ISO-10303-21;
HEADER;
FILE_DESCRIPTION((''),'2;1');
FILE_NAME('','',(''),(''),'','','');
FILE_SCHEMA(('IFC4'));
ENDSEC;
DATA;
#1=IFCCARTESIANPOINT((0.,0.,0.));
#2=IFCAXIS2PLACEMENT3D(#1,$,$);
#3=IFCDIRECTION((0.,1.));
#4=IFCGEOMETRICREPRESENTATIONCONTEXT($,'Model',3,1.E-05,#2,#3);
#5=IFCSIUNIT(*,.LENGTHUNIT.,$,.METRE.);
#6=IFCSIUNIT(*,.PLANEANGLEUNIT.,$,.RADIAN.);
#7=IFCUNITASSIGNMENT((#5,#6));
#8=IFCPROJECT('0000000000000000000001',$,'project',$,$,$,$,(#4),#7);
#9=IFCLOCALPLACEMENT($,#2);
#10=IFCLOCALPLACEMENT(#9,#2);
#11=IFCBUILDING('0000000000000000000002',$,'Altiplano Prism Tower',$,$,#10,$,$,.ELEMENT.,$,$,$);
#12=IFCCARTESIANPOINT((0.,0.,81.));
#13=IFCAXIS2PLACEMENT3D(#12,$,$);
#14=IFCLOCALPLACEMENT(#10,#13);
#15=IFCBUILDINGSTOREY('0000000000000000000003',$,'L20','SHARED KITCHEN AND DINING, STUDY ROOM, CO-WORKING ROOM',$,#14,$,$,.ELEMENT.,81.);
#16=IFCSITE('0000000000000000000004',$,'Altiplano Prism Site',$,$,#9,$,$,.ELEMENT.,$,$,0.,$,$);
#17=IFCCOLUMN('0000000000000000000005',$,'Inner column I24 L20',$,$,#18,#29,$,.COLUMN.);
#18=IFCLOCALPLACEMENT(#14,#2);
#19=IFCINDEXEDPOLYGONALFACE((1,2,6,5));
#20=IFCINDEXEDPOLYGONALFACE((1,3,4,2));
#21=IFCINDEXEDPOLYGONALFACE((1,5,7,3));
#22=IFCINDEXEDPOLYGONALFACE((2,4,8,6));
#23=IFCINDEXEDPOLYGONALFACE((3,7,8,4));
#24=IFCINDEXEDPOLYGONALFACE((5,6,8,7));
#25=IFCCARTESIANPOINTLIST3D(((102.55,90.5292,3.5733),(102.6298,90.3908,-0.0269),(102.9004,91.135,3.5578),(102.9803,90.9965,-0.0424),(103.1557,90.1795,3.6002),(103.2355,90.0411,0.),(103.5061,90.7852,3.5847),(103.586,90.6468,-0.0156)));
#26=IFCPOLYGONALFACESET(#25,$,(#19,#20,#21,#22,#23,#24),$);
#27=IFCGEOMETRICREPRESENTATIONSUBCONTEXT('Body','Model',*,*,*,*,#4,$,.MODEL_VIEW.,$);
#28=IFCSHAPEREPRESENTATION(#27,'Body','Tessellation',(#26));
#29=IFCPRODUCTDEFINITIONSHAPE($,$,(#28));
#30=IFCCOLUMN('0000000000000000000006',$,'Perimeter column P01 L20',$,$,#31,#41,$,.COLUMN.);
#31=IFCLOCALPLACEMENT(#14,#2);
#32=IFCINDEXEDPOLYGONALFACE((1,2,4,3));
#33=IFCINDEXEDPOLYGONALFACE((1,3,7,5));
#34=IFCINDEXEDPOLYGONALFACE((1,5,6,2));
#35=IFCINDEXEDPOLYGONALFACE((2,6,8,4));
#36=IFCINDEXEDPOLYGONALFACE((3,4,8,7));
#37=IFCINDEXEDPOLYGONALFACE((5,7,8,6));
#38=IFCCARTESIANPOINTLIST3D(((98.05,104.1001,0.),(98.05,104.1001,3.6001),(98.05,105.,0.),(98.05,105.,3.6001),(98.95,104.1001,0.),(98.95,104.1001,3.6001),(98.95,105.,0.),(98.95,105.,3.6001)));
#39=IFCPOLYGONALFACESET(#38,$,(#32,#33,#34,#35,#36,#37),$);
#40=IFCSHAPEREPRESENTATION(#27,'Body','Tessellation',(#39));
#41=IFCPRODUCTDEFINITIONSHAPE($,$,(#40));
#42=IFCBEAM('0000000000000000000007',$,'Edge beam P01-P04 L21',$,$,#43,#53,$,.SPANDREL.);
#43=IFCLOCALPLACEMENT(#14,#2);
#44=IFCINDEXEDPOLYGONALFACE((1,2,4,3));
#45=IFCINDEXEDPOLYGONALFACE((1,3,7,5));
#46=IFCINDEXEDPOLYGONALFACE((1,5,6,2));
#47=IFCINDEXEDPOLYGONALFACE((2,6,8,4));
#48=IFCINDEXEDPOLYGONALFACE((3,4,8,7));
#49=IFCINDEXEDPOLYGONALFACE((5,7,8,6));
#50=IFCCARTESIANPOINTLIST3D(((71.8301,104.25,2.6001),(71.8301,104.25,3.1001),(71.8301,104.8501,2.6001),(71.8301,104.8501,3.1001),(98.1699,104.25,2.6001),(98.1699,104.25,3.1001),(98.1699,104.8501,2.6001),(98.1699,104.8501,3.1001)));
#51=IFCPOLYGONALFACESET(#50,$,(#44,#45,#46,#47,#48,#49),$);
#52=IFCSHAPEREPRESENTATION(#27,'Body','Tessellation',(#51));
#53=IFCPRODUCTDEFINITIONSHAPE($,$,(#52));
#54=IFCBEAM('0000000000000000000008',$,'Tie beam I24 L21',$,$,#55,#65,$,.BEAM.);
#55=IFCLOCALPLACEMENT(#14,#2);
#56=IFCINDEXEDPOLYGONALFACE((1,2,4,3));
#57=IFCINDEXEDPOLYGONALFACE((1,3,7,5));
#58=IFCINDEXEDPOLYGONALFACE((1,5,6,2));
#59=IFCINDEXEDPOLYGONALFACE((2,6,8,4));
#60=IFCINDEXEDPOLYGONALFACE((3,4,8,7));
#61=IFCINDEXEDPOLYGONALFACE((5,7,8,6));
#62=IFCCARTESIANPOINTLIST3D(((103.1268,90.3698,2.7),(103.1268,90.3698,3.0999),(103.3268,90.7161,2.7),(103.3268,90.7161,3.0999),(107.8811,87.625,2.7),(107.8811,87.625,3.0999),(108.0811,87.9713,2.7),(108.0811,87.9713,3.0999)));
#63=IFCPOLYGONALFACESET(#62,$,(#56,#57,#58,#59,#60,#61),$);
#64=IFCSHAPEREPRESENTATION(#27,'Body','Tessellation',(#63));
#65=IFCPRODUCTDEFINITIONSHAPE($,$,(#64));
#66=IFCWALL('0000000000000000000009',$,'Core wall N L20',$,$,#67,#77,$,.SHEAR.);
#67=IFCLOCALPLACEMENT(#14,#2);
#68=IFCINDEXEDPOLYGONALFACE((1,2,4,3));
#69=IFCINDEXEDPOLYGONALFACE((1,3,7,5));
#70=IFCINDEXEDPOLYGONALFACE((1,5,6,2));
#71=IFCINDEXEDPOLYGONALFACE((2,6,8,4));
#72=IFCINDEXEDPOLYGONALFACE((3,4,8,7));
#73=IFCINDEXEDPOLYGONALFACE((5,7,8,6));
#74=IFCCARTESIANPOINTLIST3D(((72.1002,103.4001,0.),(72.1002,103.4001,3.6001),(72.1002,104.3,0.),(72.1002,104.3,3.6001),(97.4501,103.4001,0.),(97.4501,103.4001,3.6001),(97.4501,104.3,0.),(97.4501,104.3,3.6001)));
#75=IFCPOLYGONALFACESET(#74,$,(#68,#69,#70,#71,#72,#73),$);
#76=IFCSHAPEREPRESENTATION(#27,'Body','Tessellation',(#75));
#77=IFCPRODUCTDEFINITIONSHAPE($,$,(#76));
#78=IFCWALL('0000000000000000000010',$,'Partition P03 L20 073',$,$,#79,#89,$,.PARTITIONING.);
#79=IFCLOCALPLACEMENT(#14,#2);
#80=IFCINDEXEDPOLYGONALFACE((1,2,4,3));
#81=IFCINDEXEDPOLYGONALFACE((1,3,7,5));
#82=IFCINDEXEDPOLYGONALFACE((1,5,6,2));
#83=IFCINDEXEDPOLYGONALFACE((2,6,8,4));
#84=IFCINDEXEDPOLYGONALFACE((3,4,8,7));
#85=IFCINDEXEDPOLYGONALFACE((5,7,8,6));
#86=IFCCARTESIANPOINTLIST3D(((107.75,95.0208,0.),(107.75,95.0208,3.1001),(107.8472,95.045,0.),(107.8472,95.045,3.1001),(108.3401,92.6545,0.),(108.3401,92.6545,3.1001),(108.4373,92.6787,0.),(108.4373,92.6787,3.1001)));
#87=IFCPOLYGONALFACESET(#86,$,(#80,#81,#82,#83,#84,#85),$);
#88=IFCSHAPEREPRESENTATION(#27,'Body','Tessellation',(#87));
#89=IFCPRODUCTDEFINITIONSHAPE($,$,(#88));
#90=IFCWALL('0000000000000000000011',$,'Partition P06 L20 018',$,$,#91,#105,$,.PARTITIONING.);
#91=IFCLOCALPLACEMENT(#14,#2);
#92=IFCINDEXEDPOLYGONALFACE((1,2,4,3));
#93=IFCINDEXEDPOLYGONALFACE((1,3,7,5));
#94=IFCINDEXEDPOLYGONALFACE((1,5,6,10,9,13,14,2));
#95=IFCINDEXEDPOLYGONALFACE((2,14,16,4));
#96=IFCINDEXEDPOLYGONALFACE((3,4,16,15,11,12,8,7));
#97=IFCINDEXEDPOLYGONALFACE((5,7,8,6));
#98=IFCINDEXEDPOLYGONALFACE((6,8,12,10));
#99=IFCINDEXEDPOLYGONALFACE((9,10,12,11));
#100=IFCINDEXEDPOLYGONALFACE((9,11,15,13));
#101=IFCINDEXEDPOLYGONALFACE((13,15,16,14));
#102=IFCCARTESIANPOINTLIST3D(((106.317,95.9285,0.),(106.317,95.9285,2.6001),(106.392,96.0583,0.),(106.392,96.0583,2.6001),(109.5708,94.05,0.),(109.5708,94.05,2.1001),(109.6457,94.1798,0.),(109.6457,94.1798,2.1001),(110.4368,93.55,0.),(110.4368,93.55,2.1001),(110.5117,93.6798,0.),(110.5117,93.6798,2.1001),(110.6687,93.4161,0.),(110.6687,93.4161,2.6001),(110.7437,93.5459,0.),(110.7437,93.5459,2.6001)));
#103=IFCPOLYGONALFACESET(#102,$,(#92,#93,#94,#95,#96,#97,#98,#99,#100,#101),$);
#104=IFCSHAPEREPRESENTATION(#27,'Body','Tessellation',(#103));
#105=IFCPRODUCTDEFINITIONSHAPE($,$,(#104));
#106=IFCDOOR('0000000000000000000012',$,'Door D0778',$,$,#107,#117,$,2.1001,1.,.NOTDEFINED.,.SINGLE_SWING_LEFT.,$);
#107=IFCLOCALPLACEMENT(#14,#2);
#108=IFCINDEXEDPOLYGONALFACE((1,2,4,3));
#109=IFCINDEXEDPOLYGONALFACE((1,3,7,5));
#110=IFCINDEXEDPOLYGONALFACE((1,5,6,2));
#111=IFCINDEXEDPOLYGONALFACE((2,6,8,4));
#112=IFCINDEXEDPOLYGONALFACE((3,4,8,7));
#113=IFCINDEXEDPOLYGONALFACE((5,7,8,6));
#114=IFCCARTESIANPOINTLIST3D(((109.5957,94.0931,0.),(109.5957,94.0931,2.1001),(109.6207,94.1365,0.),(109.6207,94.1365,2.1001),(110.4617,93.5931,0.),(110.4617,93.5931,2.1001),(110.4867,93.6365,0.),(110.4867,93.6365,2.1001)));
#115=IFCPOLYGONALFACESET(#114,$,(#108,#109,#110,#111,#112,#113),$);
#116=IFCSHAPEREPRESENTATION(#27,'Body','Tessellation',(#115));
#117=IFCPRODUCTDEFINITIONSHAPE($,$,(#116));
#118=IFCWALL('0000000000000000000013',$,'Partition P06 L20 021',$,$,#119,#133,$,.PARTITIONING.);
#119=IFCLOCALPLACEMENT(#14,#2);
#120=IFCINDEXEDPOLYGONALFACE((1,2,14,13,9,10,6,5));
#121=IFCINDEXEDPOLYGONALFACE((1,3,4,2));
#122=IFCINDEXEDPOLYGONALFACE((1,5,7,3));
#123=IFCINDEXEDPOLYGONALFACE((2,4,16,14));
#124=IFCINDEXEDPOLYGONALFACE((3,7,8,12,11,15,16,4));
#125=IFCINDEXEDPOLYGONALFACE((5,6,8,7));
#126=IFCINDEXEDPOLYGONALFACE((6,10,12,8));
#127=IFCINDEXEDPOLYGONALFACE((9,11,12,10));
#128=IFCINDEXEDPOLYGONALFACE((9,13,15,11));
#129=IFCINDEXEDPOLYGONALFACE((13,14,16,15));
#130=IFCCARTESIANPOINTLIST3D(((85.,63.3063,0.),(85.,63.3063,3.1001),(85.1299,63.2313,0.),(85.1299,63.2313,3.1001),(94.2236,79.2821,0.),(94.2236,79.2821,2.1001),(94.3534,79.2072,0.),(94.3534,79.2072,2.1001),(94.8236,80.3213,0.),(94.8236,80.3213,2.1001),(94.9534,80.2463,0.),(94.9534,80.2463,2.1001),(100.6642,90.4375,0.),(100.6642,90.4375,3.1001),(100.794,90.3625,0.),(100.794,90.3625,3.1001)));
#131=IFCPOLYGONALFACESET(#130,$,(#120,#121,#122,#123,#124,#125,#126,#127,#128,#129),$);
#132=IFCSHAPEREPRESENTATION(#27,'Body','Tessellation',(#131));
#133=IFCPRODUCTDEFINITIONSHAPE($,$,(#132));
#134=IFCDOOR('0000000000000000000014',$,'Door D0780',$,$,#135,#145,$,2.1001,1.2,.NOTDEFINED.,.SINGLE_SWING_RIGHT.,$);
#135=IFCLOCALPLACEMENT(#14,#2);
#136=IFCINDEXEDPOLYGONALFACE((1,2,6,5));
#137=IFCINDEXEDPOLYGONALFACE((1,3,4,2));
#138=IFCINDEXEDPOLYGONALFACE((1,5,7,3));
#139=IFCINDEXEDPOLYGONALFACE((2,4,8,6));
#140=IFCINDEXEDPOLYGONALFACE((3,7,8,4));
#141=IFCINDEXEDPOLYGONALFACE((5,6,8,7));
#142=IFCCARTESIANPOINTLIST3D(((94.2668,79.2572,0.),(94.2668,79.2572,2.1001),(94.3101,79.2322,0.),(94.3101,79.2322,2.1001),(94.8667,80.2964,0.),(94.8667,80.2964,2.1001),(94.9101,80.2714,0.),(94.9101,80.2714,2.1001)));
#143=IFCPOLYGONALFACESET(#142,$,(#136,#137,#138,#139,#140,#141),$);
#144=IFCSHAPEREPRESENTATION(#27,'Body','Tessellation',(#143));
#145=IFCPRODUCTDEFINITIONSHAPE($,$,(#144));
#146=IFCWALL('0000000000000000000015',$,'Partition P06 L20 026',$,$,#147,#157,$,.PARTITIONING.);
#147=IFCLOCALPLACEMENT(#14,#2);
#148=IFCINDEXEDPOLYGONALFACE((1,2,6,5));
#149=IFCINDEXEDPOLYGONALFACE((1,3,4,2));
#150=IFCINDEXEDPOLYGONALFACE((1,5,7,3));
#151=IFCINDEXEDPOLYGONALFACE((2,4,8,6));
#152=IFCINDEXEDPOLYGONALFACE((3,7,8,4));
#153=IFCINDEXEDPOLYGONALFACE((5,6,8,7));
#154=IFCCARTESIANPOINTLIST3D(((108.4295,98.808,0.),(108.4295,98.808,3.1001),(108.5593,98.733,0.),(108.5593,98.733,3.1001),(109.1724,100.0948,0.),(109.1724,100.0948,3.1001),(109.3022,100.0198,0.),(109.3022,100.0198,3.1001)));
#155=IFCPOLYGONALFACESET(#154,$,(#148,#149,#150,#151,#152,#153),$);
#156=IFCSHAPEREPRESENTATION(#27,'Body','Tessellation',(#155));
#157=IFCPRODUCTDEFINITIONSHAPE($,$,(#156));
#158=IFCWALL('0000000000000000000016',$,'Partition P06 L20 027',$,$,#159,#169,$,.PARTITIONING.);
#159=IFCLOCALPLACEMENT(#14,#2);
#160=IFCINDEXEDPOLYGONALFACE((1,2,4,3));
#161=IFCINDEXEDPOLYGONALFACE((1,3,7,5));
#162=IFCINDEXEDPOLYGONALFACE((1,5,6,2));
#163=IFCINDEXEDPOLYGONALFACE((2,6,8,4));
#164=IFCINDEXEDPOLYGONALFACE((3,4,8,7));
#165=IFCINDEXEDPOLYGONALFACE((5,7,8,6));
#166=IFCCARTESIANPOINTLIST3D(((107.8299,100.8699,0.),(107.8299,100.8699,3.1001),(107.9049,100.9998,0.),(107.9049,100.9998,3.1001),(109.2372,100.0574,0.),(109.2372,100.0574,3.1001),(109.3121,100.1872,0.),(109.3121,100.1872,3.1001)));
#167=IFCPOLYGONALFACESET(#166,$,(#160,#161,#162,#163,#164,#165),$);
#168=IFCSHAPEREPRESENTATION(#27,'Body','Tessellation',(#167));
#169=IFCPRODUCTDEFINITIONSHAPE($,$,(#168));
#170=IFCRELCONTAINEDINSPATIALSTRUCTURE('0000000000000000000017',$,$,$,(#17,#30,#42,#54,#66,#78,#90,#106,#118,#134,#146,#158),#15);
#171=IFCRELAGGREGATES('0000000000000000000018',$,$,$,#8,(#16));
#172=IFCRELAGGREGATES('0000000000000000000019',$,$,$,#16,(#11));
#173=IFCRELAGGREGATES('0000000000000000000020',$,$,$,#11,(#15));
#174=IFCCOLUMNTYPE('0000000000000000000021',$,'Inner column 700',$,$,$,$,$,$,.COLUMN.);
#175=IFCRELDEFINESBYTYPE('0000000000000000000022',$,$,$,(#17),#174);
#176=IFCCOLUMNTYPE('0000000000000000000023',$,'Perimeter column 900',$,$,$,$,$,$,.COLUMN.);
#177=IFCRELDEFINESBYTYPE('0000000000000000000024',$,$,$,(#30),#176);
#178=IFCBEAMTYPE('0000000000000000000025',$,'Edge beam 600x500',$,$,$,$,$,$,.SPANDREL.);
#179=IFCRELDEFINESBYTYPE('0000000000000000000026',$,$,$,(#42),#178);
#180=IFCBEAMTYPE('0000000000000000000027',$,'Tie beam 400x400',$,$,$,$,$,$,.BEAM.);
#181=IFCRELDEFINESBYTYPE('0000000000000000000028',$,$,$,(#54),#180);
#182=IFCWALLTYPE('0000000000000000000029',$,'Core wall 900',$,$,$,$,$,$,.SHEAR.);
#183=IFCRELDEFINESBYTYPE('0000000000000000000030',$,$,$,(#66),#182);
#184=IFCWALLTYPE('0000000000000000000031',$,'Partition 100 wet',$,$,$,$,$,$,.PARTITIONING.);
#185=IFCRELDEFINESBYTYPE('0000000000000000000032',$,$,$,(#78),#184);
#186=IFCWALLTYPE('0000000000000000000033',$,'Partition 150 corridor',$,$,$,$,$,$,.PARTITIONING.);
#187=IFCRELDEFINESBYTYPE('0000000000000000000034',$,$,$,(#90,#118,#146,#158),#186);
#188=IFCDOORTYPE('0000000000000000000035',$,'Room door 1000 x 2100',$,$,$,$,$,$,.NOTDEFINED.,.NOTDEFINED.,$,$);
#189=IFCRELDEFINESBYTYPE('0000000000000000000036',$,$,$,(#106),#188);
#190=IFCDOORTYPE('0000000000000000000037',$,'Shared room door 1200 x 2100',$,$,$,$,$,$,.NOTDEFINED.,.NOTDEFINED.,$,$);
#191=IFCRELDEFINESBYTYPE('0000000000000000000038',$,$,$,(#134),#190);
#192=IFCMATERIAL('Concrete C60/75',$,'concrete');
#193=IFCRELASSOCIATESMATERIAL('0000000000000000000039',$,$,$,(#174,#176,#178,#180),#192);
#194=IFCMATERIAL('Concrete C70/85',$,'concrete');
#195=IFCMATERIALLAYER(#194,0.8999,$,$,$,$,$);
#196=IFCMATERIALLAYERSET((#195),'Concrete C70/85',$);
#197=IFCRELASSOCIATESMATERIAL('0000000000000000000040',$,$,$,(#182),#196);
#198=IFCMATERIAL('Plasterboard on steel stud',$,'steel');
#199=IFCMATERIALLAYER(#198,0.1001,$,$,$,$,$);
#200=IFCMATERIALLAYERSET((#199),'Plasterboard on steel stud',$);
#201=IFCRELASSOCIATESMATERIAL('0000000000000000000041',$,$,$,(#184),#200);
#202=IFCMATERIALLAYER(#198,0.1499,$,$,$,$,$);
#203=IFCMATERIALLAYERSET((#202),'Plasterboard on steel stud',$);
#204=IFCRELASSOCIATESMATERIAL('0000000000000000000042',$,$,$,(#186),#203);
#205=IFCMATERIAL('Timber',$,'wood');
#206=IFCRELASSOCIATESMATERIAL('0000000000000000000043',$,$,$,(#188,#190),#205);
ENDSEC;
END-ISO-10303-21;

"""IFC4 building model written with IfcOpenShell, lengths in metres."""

from ifc_helpers import new_model, si_unit, direction, frame, frame_2d, origin, origin_2d, place, context, subcontext, project, spatial, rectangle, extrude, material, layer, layer_set, material_profile, profile_set, type_object, element, fill, save


model = new_model("IFC4")

# Units and contexts
model_context = context("Model", 3, precision=1e-05, world=origin(), true_north=direction((0.0, 1.0)))
body_context = subcontext(model_context, "Body", "Model", "MODEL_VIEW")
ifc_project = project(units=[si_unit("LENGTHUNIT", "METRE"), si_unit("PLANEANGLEUNIT", "RADIAN")], contexts=[model_context])

# Site, building, storey
site_placement = place(None, origin())
site = spatial("IfcSite", under=ifc_project, at=site_placement, Name="Altiplano Prism Site", CompositionType="ELEMENT", RefElevation=0.0)
building_placement = place(site_placement, origin())
building = spatial("IfcBuilding", under=site, at=building_placement, Name="Altiplano Prism Tower", CompositionType="ELEMENT")
storey_placement = place(building_placement, frame((0.0, 0.0, 81.0)))
storey = spatial("IfcBuildingStorey", under=building, at=storey_placement, Name="L20", Description="SHARED KITCHEN AND DINING, STUDY ROOM, CO-WORKING ROOM", CompositionType="ELEMENT", Elevation=81.0)

# Columns
ifc_material_1 = material(Name="Concrete C60/75", Category="concrete")
ifc_material_profile_1 = material_profile(ifc_material_1, rectangle(XDim=0.7, YDim=0.7, at=origin_2d()), Name="Inner column 700")
ifc_profile_set_1 = profile_set([ifc_material_profile_1], Name="Concrete C60/75")
column_type_1 = type_object("IfcColumnType", Name="Inner column 700", PredefinedType="COLUMN", material=ifc_profile_set_1)
column_1_placement = place(storey_placement, frame((103.1079, 90.5188, -0.0212), z_axis=(-0.022154, 0.038413, 0.999016), x_axis=(-0.500657, -0.865362, 0.022172)))
element("IfcColumn", 1, at=column_1_placement, inside=storey, type_object=column_type_1, Name="Inner column I24 L20", PredefinedType="COLUMN", context=body_context, shape_type="SweptSolid", body=[
    extrude(rectangle(XDim=0.7, YDim=0.7, at=origin_2d()), origin(), (0.0, 0.0, 1.0), 3.6038),
])
ifc_material_profile_2 = material_profile(ifc_material_1, rectangle(XDim=0.8999, YDim=0.8999, at=origin_2d()), Name="Perimeter column 900")
ifc_profile_set_2 = profile_set([ifc_material_profile_2], Name="Concrete C60/75")
column_type_2 = type_object("IfcColumnType", Name="Perimeter column 900", PredefinedType="COLUMN", material=ifc_profile_set_2)
column_2_placement = place(storey_placement, frame((98.5, 104.55, 0.0), z_axis=(0.0, 0.0, 1.0), x_axis=(1.0, 0.0, 0.0)))
element("IfcColumn", 2, at=column_2_placement, inside=storey, type_object=column_type_2, Name="Perimeter column P01 L20", PredefinedType="COLUMN", context=body_context, shape_type="SweptSolid", body=[
    extrude(rectangle(XDim=0.8999, YDim=0.8999, at=origin_2d()), origin(), (0.0, 0.0, 1.0), 3.6001),
])

# Beams
ifc_material_profile_3 = material_profile(ifc_material_1, rectangle(XDim=0.6001, YDim=0.5, at=origin_2d()), Name="Edge beam 600x500")
ifc_profile_set_3 = profile_set([ifc_material_profile_3], Name="Concrete C60/75")
beam_type_1 = type_object("IfcBeamType", Name="Edge beam 600x500", PredefinedType="SPANDREL", material=ifc_profile_set_3)
beam_1_placement = place(storey_placement, frame((98.1699, 104.55, 2.8501), z_axis=(-1.0, 0.0, 0.0), x_axis=(0.0, -1.0, 0.0)))
element("IfcBeam", 3, at=beam_1_placement, inside=storey, type_object=beam_type_1, Name="Edge beam P01-P04 L21", PredefinedType="SPANDREL", context=body_context, shape_type="SweptSolid", body=[
    extrude(rectangle(XDim=0.6001, YDim=0.5, at=origin_2d()), origin(), (0.0, 0.0, 1.0), 26.3398),
])
ifc_material_profile_4 = material_profile(ifc_material_1, rectangle(XDim=0.3999, YDim=0.3999, at=origin_2d()), Name="Tie beam 400x400")
ifc_profile_set_4 = profile_set([ifc_material_profile_4], Name="Concrete C60/75")
beam_type_2 = type_object("IfcBeamType", Name="Tie beam 400x400", PredefinedType="BEAM", material=ifc_profile_set_4)
beam_2_placement = place(storey_placement, frame((103.2268, 90.543, 2.8999), z_axis=(0.866032, -0.499989, 0.0), x_axis=(0.499989, 0.866032, 0.0)))
element("IfcBeam", 4, at=beam_2_placement, inside=storey, type_object=beam_type_2, Name="Tie beam I24 L21", PredefinedType="BEAM", context=body_context, shape_type="SweptSolid", body=[
    extrude(rectangle(XDim=0.3999, YDim=0.3999, at=origin_2d()), origin(), (0.0, 0.0, 1.0), 5.4897),
])

# Walls
ifc_material_2 = material(Name="Concrete C70/85", Category="concrete")
ifc_layer_1 = layer(ifc_material_2, 0.8999)
ifc_layer_set_1 = layer_set([ifc_layer_1], Name="Concrete C70/85")
wall_type_1 = type_object("IfcWallType", Name="Core wall 900", PredefinedType="SHEAR", material=ifc_layer_set_1)
wall_1_placement = place(storey_placement, frame((97.45, 103.8501, 0.0), z_axis=(0.0, 0.0, 1.0), x_axis=(-1.0, 0.0, 0.0)))
element("IfcWall", 5, at=wall_1_placement, inside=storey, type_object=wall_type_1, Name="Core wall N L20", PredefinedType="SHEAR", context=body_context, shape_type="SweptSolid", body=[
    extrude(rectangle(XDim=25.3499, YDim=0.8999, at=frame_2d((12.6748, 0.0))), origin(), (0.0, 0.0, 1.0), 3.6001),
])
ifc_material_3 = material(Name="Plasterboard on steel stud", Category="steel")
ifc_layer_2 = layer(ifc_material_3, 0.1001)
ifc_layer_set_2 = layer_set([ifc_layer_2], Name="Plasterboard on steel stud")
wall_type_2 = type_object("IfcWallType", Name="Partition 100 wet", PredefinedType="PARTITIONING", material=ifc_layer_set_2)
wall_2_placement = place(storey_placement, frame((108.3887, 92.6667, 0.0), z_axis=(0.0, 0.0, 1.0), x_axis=(-0.24197, 0.970284, 0.0)))
element("IfcWall", 6, at=wall_2_placement, inside=storey, type_object=wall_type_2, Name="Partition P03 L20 073", PredefinedType="PARTITIONING", context=body_context, shape_type="SweptSolid", body=[
    extrude(rectangle(XDim=2.4387, YDim=0.1001, at=frame_2d((1.2192, 0.0))), origin(), (0.0, 0.0, 1.0), 3.1001),
])

# Walls, openings, doors
ifc_layer_3 = layer(ifc_material_3, 0.1499)
ifc_layer_set_3 = layer_set([ifc_layer_3], Name="Plasterboard on steel stud")
wall_type_3 = type_object("IfcWallType", Name="Partition 150 corridor", PredefinedType="PARTITIONING", material=ifc_layer_set_3)
wall_3_placement = place(storey_placement, frame((106.3545, 95.9934, 0.0), z_axis=(0.0, 0.0, 1.0), x_axis=(0.866031, -0.49999, 0.0)))
wall_3 = element("IfcWall", 7, at=wall_3_placement, inside=storey, type_object=wall_type_3, Name="Partition P06 L20 018", PredefinedType="PARTITIONING", context=body_context, shape_type="SweptSolid", body=[
    extrude(rectangle(XDim=5.0249, YDim=0.1499, at=frame_2d((2.5125, 0.0))), origin(), (0.0, 0.0, 1.0), 2.6001),
])
opening_1_placement = place(wall_3_placement, frame((3.7571, 0.0, 0.0)))
opening_1 = element("IfcOpeningElement", 8, at=opening_1_placement, cuts=wall_3, PredefinedType="OPENING", context=body_context, shape_type="SweptSolid", body=[
    extrude(rectangle(XDim=1.0, YDim=2.1001, at=frame_2d((0.5, 1.05))), frame((0.0, 0.0854, 0.0), z_axis=(0.0, -1.0, 0.0), x_axis=(1.0, 0.0, 0.0)), (0.0, 0.0, 1.0), 0.1709),
])
ifc_material_4 = material(Name="Timber", Category="wood")
door_type_1 = type_object("IfcDoorType", Name="Room door 1000 x 2100", OperationType="NOTDEFINED", PredefinedType="NOTDEFINED", material=ifc_material_4)
door_1_placement = place(opening_1_placement, origin())
door_1 = element("IfcDoor", 9, at=door_1_placement, inside=storey, type_object=door_type_1, Name="Door D0778", OperationType="SINGLE_SWING_LEFT", OverallHeight=2.1001, OverallWidth=1.0, PredefinedType="NOTDEFINED", context=body_context, shape_type="SweptSolid", body=[
    extrude(rectangle(XDim=1.0, YDim=2.1001, at=frame_2d((0.5, 1.05))), frame((0.0, 0.0249, 0.0), z_axis=(0.0, -1.0, 0.0), x_axis=(1.0, 0.0, 0.0)), (0.0, 0.0, 1.0), 0.05),
])
fill(opening_1, door_1)
wall_4_placement = place(storey_placement, frame((100.729, 90.3999, 0.0), z_axis=(0.0, 0.0, 1.0), x_axis=(-0.499998, -0.866027, 0.0)))
wall_4 = element("IfcWall", 10, at=wall_4_placement, inside=storey, type_object=wall_type_3, Name="Partition P06 L20 021", PredefinedType="PARTITIONING", context=body_context, shape_type="SweptSolid", body=[
    extrude(rectangle(XDim=31.3284, YDim=0.1499, at=frame_2d((15.6641, 0.0))), origin(), (0.0, 0.0, 1.0), 3.1001),
])
opening_2_placement = place(wall_4_placement, frame((11.6809, 0.0, 0.0)))
opening_2 = element("IfcOpeningElement", 11, at=opening_2_placement, cuts=wall_4, PredefinedType="OPENING", context=body_context, shape_type="SweptSolid", body=[
    extrude(rectangle(XDim=1.2, YDim=2.1001, at=frame_2d((0.6001, 1.05))), frame((0.0, 0.0854, 0.0), z_axis=(0.0, -1.0, 0.0), x_axis=(1.0, 0.0, 0.0)), (0.0, 0.0, 1.0), 0.1709),
])
door_type_2 = type_object("IfcDoorType", Name="Shared room door 1200 x 2100", OperationType="NOTDEFINED", PredefinedType="NOTDEFINED", material=ifc_material_4)
door_2_placement = place(opening_2_placement, origin())
door_2 = element("IfcDoor", 12, at=door_2_placement, inside=storey, type_object=door_type_2, Name="Door D0780", OperationType="SINGLE_SWING_RIGHT", OverallHeight=2.1001, OverallWidth=1.2, PredefinedType="NOTDEFINED", context=body_context, shape_type="SweptSolid", body=[
    extrude(rectangle(XDim=1.2, YDim=2.1001, at=frame_2d((0.6001, 1.05))), frame((0.0, 0.0249, 0.0), z_axis=(0.0, -1.0, 0.0), x_axis=(1.0, 0.0, 0.0)), (0.0, 0.0, 1.0), 0.05),
])
fill(opening_2, door_2)

# Walls
wall_5_placement = place(storey_placement, frame((108.4944, 98.7705, 0.0), z_axis=(0.0, 0.0, 1.0), x_axis=(0.499974, 0.866041, 0.0)))
element("IfcWall", 13, at=wall_5_placement, inside=storey, type_object=wall_type_3, Name="Partition P06 L20 026", PredefinedType="PARTITIONING", context=body_context, shape_type="SweptSolid", body=[
    extrude(rectangle(XDim=1.4858, YDim=0.1499, at=frame_2d((0.7429, 0.0))), origin(), (0.0, 0.0, 1.0), 3.1001),
])
for number, where, z_axis, x_axis, name in (
    (14, (109.2747, 100.1223, 0.0), (0.0, 0.0, 1.0), (-0.866015, 0.500017, 0.0), "Partition P06 L20 027"),
):
    element("IfcWall", number, at=place(storey_placement, frame(where, z_axis=z_axis, x_axis=x_axis)), inside=storey, type_object=wall_type_3, Name=name, PredefinedType="PARTITIONING", context=body_context, shape_type="SweptSolid", body=[
        extrude(rectangle(XDim=1.625, YDim=0.1499, at=frame_2d((0.8125, 0.0))), origin(), (0.0, 0.0, 1.0), 3.1001),
    ])

save(model, "model.ifc")
